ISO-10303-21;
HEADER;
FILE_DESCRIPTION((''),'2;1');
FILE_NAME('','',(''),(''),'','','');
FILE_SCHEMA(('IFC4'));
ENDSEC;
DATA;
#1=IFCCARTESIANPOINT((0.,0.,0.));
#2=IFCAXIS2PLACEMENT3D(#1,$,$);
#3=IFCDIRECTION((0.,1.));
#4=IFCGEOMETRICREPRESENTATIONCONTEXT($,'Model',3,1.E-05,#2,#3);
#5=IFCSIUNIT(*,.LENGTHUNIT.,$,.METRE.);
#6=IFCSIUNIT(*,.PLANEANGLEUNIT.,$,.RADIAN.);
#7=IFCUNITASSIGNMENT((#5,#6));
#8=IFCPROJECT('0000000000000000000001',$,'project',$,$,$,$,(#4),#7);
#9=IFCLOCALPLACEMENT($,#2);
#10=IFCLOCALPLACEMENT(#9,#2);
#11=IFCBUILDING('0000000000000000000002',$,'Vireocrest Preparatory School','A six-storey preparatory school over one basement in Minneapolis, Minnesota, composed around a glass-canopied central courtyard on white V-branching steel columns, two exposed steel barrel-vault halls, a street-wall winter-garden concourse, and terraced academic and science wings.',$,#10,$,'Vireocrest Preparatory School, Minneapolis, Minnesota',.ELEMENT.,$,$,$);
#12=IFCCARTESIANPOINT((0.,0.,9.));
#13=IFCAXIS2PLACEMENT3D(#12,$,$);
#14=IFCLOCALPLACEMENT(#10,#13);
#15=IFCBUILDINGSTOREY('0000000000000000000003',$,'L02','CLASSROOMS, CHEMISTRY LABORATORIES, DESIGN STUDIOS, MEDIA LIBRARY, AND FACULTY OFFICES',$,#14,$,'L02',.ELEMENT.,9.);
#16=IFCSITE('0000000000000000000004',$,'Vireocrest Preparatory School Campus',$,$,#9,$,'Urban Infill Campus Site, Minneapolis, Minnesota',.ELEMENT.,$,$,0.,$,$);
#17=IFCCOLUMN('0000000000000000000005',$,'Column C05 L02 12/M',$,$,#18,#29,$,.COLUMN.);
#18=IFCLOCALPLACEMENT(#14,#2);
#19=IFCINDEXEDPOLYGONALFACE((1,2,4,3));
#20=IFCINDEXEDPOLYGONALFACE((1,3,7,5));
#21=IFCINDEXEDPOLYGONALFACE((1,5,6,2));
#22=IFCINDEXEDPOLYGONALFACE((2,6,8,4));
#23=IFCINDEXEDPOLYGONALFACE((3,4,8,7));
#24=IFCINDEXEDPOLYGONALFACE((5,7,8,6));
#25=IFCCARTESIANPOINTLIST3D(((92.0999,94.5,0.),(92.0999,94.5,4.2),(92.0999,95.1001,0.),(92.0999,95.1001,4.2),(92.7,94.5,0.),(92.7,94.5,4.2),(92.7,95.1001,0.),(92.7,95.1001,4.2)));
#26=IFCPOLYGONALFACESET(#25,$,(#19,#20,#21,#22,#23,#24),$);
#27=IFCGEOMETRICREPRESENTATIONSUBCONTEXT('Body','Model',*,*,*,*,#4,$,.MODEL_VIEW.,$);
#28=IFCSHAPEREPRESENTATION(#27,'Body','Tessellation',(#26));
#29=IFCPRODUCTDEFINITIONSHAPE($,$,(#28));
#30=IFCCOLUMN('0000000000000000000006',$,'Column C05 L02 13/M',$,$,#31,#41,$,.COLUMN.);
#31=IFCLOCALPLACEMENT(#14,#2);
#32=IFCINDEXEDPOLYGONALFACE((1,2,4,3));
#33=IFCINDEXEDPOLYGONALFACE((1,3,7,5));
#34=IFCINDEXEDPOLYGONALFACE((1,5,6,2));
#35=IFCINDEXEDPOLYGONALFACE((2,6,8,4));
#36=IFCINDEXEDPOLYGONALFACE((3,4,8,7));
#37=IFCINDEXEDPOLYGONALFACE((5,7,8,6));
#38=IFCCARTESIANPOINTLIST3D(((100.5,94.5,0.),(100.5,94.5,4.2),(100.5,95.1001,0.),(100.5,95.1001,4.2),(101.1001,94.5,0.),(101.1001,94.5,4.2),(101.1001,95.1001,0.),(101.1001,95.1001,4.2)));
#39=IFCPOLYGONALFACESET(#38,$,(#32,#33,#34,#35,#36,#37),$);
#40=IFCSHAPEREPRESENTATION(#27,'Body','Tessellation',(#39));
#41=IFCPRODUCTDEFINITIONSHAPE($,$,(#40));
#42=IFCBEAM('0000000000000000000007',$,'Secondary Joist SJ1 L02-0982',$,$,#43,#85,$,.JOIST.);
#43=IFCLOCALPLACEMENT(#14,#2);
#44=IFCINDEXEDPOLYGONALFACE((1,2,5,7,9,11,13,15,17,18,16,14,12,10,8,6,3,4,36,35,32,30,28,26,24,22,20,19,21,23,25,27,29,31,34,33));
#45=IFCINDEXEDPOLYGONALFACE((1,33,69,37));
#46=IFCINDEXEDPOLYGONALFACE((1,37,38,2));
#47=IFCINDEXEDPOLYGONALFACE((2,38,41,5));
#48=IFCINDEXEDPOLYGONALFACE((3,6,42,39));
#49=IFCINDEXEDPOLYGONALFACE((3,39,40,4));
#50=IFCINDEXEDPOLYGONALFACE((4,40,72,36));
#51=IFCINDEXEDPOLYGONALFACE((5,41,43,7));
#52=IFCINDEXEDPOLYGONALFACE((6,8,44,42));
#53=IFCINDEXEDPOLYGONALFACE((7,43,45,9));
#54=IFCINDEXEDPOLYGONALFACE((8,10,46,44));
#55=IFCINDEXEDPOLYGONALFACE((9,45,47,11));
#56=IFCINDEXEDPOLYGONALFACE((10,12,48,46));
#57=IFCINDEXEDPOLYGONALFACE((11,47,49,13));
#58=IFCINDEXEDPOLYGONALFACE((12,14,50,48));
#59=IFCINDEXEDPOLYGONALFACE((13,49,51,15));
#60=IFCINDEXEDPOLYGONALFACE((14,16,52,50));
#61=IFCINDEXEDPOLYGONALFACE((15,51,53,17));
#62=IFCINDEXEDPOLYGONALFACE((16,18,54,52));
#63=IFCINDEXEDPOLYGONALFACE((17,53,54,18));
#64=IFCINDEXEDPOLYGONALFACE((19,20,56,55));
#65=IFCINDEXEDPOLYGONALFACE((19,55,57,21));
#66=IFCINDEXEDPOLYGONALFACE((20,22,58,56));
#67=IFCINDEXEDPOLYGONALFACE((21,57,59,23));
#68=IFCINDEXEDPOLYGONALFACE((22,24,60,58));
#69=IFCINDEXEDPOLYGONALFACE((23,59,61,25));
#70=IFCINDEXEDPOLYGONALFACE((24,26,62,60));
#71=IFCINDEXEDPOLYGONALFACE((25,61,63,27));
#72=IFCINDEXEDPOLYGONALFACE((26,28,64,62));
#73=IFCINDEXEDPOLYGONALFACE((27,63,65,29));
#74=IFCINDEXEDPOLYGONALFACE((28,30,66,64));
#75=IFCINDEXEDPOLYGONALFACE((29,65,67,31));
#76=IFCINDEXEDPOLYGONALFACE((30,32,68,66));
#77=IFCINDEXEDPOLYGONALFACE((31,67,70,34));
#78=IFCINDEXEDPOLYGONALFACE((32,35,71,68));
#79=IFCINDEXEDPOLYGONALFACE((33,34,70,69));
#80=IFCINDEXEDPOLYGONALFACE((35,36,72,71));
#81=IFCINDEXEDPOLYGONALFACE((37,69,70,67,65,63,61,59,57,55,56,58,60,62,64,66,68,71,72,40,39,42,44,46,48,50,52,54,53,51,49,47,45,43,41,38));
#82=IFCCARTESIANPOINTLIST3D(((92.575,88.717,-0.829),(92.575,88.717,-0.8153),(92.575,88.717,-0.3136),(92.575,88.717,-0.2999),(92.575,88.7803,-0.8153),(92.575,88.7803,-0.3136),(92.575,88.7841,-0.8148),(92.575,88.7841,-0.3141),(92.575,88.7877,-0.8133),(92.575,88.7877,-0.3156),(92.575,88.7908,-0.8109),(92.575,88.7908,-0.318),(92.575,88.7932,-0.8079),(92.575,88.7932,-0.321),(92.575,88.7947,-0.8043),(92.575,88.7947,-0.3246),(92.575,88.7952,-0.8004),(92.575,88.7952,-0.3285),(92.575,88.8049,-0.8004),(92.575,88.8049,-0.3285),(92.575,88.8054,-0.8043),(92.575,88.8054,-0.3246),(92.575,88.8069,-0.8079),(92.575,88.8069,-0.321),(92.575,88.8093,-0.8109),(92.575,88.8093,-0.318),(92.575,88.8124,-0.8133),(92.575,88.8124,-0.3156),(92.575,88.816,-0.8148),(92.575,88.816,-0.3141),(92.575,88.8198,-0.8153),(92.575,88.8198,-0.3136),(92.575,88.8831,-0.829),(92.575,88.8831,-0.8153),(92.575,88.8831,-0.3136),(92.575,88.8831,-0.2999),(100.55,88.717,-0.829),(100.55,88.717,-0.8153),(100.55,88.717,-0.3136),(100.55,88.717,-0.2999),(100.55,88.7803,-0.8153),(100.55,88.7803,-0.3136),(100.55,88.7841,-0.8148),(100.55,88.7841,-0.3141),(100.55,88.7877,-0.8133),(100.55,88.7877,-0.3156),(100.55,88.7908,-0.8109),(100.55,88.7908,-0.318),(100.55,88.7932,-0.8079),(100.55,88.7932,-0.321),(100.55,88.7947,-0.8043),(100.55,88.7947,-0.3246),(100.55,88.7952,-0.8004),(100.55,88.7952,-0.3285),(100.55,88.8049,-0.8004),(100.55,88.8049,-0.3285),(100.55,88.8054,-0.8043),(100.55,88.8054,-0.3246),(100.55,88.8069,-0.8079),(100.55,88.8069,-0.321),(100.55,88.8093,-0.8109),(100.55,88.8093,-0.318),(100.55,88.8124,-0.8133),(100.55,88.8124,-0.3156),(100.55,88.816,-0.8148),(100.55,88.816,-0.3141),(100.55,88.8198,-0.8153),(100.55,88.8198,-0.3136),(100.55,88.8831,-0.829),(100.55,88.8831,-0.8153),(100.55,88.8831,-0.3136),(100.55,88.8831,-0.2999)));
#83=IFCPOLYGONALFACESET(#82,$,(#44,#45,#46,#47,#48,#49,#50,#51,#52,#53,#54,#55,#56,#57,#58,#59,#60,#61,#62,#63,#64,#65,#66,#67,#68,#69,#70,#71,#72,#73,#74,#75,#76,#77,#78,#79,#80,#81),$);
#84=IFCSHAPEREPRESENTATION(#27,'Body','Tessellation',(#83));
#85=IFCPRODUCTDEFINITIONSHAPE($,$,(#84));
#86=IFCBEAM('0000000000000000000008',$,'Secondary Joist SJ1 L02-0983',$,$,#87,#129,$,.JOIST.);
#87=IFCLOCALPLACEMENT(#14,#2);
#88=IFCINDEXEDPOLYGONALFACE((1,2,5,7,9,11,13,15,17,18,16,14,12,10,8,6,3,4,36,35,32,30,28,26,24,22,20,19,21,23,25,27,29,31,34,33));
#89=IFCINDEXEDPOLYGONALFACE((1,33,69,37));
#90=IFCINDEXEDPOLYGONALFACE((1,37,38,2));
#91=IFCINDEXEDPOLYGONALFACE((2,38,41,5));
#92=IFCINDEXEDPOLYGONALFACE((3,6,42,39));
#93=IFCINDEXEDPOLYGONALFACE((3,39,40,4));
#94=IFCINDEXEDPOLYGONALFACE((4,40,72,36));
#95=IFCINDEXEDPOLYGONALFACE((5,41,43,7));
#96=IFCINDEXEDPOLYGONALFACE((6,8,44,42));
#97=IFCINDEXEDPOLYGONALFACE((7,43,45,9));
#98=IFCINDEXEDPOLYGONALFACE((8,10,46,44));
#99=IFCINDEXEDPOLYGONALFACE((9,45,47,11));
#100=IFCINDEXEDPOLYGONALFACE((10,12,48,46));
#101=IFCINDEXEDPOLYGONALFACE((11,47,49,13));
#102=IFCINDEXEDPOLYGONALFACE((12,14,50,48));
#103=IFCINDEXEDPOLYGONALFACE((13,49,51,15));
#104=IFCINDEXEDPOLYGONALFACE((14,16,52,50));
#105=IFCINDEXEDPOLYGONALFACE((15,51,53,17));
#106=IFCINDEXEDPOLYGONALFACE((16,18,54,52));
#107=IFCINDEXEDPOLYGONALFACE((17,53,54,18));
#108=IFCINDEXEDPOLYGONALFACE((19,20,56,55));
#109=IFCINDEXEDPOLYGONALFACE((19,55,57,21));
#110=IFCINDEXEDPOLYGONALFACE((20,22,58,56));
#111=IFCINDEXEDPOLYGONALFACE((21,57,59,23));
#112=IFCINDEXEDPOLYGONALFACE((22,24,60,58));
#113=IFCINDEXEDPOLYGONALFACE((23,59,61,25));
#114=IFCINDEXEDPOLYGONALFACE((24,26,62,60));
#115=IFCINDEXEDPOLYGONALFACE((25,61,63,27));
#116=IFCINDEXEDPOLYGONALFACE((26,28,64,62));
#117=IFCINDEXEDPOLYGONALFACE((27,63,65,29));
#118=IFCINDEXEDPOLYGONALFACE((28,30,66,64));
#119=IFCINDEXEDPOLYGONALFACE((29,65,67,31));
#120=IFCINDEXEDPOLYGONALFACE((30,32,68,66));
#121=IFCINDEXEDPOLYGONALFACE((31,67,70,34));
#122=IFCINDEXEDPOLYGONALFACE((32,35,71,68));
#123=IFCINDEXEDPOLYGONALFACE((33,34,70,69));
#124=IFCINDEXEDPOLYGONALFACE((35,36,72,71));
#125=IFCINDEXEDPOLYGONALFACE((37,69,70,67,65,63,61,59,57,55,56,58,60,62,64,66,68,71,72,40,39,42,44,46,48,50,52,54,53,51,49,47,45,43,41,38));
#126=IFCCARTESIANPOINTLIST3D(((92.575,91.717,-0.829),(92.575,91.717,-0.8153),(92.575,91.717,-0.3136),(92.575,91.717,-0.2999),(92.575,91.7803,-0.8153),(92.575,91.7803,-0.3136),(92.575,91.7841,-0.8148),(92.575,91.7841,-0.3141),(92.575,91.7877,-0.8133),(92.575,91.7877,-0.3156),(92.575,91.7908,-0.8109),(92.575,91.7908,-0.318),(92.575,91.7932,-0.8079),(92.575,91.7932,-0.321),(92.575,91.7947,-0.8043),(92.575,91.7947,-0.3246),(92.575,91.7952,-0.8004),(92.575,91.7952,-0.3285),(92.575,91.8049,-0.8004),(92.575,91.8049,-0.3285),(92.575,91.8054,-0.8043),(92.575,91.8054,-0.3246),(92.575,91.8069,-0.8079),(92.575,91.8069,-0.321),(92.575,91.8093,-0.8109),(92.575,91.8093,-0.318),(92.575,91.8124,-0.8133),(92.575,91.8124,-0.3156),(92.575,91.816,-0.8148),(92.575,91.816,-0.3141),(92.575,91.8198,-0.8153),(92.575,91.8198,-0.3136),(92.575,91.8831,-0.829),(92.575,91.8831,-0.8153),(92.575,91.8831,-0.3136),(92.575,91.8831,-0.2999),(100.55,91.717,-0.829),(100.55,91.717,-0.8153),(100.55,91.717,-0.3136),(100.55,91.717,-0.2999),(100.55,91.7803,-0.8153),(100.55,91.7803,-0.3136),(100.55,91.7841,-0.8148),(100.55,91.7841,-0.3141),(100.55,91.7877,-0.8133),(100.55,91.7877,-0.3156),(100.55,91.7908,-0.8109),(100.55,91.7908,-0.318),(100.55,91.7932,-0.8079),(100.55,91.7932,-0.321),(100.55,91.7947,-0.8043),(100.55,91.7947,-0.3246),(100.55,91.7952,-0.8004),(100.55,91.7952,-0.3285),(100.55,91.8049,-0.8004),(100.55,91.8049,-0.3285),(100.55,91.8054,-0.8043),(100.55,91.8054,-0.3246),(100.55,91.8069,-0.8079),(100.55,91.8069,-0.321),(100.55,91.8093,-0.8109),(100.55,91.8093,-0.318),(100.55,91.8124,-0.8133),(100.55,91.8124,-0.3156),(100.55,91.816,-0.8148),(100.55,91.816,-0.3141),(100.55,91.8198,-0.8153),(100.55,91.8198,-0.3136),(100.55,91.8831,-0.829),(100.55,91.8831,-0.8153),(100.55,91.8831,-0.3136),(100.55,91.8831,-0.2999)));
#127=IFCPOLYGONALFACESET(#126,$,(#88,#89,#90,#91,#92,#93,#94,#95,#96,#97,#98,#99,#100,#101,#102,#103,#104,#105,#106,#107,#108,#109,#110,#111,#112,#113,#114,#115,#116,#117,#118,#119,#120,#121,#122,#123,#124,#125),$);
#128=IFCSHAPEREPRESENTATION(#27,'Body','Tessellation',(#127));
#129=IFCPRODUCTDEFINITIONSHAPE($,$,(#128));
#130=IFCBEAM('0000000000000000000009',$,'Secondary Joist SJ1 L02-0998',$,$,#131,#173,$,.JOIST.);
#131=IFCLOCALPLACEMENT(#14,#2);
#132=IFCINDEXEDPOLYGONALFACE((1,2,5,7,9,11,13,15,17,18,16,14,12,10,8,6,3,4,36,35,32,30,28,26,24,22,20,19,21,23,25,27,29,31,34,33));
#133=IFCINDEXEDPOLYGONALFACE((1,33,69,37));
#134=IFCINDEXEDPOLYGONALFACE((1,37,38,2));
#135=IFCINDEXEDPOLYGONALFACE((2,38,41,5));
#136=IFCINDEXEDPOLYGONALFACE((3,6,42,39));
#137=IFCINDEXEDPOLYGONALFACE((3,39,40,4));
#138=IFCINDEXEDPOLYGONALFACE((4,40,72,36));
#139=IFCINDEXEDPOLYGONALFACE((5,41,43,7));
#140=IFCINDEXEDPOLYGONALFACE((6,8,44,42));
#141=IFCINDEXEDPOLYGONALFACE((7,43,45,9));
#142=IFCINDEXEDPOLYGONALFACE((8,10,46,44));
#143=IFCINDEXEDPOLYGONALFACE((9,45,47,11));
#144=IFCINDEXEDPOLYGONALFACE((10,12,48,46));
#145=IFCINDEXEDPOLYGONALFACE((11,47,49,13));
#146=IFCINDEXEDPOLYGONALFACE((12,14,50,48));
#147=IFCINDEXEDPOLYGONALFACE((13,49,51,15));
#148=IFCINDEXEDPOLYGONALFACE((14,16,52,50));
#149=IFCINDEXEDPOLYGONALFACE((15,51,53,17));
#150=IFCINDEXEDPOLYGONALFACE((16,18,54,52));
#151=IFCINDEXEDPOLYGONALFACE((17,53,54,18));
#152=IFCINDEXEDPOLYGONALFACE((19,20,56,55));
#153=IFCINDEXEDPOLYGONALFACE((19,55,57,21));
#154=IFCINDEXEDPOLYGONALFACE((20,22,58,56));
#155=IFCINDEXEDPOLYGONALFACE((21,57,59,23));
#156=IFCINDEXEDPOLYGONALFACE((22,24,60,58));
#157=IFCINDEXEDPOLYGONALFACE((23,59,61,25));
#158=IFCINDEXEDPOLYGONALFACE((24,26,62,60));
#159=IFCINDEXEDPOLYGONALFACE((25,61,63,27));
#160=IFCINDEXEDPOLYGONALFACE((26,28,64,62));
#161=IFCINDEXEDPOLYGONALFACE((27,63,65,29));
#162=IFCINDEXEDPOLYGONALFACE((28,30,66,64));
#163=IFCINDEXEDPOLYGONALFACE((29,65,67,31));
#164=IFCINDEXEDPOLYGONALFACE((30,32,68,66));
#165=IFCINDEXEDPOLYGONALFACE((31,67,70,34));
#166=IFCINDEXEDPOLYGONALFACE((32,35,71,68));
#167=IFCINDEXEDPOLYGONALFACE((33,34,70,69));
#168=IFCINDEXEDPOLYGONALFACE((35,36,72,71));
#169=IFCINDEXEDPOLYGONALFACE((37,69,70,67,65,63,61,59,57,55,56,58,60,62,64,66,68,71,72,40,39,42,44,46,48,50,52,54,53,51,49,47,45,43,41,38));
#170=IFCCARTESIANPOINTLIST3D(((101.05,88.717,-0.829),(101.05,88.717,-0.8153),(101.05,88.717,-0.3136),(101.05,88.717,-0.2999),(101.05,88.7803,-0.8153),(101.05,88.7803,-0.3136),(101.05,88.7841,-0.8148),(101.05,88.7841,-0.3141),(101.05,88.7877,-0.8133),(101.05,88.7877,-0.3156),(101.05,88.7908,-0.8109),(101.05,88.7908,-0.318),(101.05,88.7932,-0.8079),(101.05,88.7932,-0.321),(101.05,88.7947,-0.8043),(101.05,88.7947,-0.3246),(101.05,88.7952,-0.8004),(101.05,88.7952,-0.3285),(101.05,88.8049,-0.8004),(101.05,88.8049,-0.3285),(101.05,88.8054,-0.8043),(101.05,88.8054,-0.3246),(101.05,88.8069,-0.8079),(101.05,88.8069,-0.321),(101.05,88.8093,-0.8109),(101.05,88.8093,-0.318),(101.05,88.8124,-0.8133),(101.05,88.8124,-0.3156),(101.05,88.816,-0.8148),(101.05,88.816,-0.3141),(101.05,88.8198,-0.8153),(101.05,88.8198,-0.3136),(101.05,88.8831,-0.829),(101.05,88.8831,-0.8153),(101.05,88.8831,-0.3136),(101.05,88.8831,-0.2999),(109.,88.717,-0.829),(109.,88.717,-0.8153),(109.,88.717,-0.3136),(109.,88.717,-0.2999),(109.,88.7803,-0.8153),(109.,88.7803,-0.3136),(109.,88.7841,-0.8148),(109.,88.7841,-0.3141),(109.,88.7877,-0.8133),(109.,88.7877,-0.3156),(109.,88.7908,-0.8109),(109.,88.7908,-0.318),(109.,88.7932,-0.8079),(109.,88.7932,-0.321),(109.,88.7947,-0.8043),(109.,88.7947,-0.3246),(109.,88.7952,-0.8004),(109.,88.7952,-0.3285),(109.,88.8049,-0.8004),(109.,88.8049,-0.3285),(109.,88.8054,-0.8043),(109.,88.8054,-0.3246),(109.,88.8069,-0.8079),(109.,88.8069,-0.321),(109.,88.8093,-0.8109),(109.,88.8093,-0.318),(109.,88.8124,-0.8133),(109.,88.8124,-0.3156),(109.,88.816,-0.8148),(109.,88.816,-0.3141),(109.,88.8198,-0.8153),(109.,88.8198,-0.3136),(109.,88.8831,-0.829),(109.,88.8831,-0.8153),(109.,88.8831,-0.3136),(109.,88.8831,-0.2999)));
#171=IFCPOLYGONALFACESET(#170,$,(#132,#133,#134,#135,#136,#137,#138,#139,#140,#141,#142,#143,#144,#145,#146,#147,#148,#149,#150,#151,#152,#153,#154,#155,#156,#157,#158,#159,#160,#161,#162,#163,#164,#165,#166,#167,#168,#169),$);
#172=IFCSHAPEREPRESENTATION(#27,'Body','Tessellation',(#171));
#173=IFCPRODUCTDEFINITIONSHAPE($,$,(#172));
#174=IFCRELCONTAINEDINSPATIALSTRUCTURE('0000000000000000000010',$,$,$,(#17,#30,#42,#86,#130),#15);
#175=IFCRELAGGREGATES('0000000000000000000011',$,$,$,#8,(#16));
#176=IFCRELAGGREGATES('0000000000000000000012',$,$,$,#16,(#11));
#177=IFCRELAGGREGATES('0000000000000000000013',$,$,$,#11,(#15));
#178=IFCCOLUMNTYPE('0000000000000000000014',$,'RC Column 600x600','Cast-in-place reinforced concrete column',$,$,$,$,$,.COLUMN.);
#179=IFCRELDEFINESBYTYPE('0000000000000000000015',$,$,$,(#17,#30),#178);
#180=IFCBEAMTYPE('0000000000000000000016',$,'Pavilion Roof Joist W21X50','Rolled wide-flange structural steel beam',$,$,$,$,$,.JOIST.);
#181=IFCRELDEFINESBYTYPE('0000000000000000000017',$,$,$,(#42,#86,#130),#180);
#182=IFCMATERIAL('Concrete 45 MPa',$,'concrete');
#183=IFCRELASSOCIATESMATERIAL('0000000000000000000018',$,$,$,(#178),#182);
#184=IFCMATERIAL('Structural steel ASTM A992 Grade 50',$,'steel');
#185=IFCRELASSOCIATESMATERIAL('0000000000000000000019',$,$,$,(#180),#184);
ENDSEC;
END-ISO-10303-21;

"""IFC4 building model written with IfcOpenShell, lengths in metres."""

from ifc_helpers import new_model, si_unit, direction, frame, origin, origin_2d, place, context, subcontext, project, spatial, rectangle, i_section, extrude, material, material_profile, profile_set, type_object, element, save


model = new_model("IFC4")

# Units and contexts
model_context = context("Model", 3, precision=1e-05, world=origin(), true_north=direction((0.0, 1.0)))
body_context = subcontext(model_context, "Body", "Model", "MODEL_VIEW")
ifc_project = project(units=[si_unit("LENGTHUNIT", "METRE"), si_unit("PLANEANGLEUNIT", "RADIAN")], contexts=[model_context])

# Site, building, storey
site_placement = place(None, origin())
site = spatial("IfcSite", under=ifc_project, at=site_placement, Name="Vireocrest Preparatory School Campus", LongName="Urban Infill Campus Site, Minneapolis, Minnesota", CompositionType="ELEMENT", RefElevation=0.0)
building_placement = place(site_placement, origin())
building = spatial("IfcBuilding", under=site, at=building_placement, Name="Vireocrest Preparatory School", Description="A six-storey preparatory school over one basement in Minneapolis, Minnesota, composed around a glass-canopied central courtyard on white V-branching steel columns, two exposed steel barrel-vault halls, a street-wall winter-garden concourse, and terraced academic and science wings.", LongName="Vireocrest Preparatory School, Minneapolis, Minnesota", CompositionType="ELEMENT")
storey_placement = place(building_placement, frame((0.0, 0.0, 9.0)))
storey = spatial("IfcBuildingStorey", under=building, at=storey_placement, Name="L02", Description="CLASSROOMS, CHEMISTRY LABORATORIES, DESIGN STUDIOS, MEDIA LIBRARY, AND FACULTY OFFICES", LongName="L02", CompositionType="ELEMENT", Elevation=9.0)

# Columns
ifc_material_1 = material(Name="Concrete 45 MPa", Category="concrete")
ifc_material_profile_1 = material_profile(ifc_material_1, rectangle(XDim=0.6001, YDim=0.6001, at=origin_2d()), Name="RC 600x600")
ifc_profile_set_1 = profile_set([ifc_material_profile_1], Name="Concrete 45 MPa")
column_type = type_object("IfcColumnType", Name="RC Column 600x600", Description="Cast-in-place reinforced concrete column", PredefinedType="COLUMN", material=ifc_profile_set_1)
for number, where, z_axis, x_axis, name in (
    (1, (92.3999, 94.8, 0.0), (0.0, 0.0, 1.0), (1.0, 0.0, 0.0), "Column C05 L02 12/M"),
    (2, (100.8, 94.8, 0.0), (0.0, 0.0, 1.0), (1.0, 0.0, 0.0), "Column C05 L02 13/M"),
):
    element("IfcColumn", number, at=place(storey_placement, frame(where, z_axis=z_axis, x_axis=x_axis)), inside=storey, type_object=column_type, Name=name, PredefinedType="COLUMN", context=body_context, shape_type="SweptSolid", body=[
        extrude(rectangle(XDim=0.6001, YDim=0.6001, at=origin_2d()), origin(), (0.0, 0.0, 1.0), 4.2),
    ])

# Beams
ifc_material_2 = material(Name="Structural steel ASTM A992 Grade 50", Category="steel")
ifc_material_profile_2 = material_profile(ifc_material_2, i_section(OverallWidth=0.166, OverallDepth=0.5291, WebThickness=0.0098, FlangeThickness=0.0137, FilletRadius=0.0149, at=origin_2d()), Name="W21X50")
ifc_profile_set_2 = profile_set([ifc_material_profile_2], Name="Structural steel ASTM A992 Grade 50")
beam_type_1 = type_object("IfcBeamType", Name="Pavilion Roof Joist W21X50", Description="Rolled wide-flange structural steel beam", PredefinedType="JOIST", material=ifc_profile_set_2)
for number, where, z_axis, x_axis, name in (
    (3, (92.575, 88.8, -0.5645), (1.0, 0.0, 0.0), (0.0, 1.0, 0.0), "Secondary Joist SJ1 L02-0982"),
    (4, (92.575, 91.8, -0.5645), (1.0, 0.0, 0.0), (0.0, 1.0, 0.0), "Secondary Joist SJ1 L02-0983"),
):
    element("IfcBeam", number, at=place(storey_placement, frame(where, z_axis=z_axis, x_axis=x_axis)), inside=storey, type_object=beam_type_1, Name=name, PredefinedType="JOIST", context=body_context, shape_type="SweptSolid", body=[
        extrude(i_section(OverallWidth=0.166, OverallDepth=0.5291, WebThickness=0.0098, FlangeThickness=0.0137, FilletRadius=0.0149, at=origin_2d()), origin(), (0.0, 0.0, 1.0), 7.9751),
    ])
for number, where, z_axis, x_axis, name in (
    (5, (101.05, 88.8, -0.5645), (1.0, 0.0, 0.0), (0.0, 1.0, 0.0), "Secondary Joist SJ1 L02-0998"),
):
    element("IfcBeam", number, at=place(storey_placement, frame(where, z_axis=z_axis, x_axis=x_axis)), inside=storey, type_object=beam_type_1, Name=name, PredefinedType="JOIST", context=body_context, shape_type="SweptSolid", body=[
        extrude(i_section(OverallWidth=0.166, OverallDepth=0.5291, WebThickness=0.0098, FlangeThickness=0.0137, FilletRadius=0.0149, at=origin_2d()), origin(), (0.0, 0.0, 1.0), 7.95),
    ])

save(model, "model.ifc")
